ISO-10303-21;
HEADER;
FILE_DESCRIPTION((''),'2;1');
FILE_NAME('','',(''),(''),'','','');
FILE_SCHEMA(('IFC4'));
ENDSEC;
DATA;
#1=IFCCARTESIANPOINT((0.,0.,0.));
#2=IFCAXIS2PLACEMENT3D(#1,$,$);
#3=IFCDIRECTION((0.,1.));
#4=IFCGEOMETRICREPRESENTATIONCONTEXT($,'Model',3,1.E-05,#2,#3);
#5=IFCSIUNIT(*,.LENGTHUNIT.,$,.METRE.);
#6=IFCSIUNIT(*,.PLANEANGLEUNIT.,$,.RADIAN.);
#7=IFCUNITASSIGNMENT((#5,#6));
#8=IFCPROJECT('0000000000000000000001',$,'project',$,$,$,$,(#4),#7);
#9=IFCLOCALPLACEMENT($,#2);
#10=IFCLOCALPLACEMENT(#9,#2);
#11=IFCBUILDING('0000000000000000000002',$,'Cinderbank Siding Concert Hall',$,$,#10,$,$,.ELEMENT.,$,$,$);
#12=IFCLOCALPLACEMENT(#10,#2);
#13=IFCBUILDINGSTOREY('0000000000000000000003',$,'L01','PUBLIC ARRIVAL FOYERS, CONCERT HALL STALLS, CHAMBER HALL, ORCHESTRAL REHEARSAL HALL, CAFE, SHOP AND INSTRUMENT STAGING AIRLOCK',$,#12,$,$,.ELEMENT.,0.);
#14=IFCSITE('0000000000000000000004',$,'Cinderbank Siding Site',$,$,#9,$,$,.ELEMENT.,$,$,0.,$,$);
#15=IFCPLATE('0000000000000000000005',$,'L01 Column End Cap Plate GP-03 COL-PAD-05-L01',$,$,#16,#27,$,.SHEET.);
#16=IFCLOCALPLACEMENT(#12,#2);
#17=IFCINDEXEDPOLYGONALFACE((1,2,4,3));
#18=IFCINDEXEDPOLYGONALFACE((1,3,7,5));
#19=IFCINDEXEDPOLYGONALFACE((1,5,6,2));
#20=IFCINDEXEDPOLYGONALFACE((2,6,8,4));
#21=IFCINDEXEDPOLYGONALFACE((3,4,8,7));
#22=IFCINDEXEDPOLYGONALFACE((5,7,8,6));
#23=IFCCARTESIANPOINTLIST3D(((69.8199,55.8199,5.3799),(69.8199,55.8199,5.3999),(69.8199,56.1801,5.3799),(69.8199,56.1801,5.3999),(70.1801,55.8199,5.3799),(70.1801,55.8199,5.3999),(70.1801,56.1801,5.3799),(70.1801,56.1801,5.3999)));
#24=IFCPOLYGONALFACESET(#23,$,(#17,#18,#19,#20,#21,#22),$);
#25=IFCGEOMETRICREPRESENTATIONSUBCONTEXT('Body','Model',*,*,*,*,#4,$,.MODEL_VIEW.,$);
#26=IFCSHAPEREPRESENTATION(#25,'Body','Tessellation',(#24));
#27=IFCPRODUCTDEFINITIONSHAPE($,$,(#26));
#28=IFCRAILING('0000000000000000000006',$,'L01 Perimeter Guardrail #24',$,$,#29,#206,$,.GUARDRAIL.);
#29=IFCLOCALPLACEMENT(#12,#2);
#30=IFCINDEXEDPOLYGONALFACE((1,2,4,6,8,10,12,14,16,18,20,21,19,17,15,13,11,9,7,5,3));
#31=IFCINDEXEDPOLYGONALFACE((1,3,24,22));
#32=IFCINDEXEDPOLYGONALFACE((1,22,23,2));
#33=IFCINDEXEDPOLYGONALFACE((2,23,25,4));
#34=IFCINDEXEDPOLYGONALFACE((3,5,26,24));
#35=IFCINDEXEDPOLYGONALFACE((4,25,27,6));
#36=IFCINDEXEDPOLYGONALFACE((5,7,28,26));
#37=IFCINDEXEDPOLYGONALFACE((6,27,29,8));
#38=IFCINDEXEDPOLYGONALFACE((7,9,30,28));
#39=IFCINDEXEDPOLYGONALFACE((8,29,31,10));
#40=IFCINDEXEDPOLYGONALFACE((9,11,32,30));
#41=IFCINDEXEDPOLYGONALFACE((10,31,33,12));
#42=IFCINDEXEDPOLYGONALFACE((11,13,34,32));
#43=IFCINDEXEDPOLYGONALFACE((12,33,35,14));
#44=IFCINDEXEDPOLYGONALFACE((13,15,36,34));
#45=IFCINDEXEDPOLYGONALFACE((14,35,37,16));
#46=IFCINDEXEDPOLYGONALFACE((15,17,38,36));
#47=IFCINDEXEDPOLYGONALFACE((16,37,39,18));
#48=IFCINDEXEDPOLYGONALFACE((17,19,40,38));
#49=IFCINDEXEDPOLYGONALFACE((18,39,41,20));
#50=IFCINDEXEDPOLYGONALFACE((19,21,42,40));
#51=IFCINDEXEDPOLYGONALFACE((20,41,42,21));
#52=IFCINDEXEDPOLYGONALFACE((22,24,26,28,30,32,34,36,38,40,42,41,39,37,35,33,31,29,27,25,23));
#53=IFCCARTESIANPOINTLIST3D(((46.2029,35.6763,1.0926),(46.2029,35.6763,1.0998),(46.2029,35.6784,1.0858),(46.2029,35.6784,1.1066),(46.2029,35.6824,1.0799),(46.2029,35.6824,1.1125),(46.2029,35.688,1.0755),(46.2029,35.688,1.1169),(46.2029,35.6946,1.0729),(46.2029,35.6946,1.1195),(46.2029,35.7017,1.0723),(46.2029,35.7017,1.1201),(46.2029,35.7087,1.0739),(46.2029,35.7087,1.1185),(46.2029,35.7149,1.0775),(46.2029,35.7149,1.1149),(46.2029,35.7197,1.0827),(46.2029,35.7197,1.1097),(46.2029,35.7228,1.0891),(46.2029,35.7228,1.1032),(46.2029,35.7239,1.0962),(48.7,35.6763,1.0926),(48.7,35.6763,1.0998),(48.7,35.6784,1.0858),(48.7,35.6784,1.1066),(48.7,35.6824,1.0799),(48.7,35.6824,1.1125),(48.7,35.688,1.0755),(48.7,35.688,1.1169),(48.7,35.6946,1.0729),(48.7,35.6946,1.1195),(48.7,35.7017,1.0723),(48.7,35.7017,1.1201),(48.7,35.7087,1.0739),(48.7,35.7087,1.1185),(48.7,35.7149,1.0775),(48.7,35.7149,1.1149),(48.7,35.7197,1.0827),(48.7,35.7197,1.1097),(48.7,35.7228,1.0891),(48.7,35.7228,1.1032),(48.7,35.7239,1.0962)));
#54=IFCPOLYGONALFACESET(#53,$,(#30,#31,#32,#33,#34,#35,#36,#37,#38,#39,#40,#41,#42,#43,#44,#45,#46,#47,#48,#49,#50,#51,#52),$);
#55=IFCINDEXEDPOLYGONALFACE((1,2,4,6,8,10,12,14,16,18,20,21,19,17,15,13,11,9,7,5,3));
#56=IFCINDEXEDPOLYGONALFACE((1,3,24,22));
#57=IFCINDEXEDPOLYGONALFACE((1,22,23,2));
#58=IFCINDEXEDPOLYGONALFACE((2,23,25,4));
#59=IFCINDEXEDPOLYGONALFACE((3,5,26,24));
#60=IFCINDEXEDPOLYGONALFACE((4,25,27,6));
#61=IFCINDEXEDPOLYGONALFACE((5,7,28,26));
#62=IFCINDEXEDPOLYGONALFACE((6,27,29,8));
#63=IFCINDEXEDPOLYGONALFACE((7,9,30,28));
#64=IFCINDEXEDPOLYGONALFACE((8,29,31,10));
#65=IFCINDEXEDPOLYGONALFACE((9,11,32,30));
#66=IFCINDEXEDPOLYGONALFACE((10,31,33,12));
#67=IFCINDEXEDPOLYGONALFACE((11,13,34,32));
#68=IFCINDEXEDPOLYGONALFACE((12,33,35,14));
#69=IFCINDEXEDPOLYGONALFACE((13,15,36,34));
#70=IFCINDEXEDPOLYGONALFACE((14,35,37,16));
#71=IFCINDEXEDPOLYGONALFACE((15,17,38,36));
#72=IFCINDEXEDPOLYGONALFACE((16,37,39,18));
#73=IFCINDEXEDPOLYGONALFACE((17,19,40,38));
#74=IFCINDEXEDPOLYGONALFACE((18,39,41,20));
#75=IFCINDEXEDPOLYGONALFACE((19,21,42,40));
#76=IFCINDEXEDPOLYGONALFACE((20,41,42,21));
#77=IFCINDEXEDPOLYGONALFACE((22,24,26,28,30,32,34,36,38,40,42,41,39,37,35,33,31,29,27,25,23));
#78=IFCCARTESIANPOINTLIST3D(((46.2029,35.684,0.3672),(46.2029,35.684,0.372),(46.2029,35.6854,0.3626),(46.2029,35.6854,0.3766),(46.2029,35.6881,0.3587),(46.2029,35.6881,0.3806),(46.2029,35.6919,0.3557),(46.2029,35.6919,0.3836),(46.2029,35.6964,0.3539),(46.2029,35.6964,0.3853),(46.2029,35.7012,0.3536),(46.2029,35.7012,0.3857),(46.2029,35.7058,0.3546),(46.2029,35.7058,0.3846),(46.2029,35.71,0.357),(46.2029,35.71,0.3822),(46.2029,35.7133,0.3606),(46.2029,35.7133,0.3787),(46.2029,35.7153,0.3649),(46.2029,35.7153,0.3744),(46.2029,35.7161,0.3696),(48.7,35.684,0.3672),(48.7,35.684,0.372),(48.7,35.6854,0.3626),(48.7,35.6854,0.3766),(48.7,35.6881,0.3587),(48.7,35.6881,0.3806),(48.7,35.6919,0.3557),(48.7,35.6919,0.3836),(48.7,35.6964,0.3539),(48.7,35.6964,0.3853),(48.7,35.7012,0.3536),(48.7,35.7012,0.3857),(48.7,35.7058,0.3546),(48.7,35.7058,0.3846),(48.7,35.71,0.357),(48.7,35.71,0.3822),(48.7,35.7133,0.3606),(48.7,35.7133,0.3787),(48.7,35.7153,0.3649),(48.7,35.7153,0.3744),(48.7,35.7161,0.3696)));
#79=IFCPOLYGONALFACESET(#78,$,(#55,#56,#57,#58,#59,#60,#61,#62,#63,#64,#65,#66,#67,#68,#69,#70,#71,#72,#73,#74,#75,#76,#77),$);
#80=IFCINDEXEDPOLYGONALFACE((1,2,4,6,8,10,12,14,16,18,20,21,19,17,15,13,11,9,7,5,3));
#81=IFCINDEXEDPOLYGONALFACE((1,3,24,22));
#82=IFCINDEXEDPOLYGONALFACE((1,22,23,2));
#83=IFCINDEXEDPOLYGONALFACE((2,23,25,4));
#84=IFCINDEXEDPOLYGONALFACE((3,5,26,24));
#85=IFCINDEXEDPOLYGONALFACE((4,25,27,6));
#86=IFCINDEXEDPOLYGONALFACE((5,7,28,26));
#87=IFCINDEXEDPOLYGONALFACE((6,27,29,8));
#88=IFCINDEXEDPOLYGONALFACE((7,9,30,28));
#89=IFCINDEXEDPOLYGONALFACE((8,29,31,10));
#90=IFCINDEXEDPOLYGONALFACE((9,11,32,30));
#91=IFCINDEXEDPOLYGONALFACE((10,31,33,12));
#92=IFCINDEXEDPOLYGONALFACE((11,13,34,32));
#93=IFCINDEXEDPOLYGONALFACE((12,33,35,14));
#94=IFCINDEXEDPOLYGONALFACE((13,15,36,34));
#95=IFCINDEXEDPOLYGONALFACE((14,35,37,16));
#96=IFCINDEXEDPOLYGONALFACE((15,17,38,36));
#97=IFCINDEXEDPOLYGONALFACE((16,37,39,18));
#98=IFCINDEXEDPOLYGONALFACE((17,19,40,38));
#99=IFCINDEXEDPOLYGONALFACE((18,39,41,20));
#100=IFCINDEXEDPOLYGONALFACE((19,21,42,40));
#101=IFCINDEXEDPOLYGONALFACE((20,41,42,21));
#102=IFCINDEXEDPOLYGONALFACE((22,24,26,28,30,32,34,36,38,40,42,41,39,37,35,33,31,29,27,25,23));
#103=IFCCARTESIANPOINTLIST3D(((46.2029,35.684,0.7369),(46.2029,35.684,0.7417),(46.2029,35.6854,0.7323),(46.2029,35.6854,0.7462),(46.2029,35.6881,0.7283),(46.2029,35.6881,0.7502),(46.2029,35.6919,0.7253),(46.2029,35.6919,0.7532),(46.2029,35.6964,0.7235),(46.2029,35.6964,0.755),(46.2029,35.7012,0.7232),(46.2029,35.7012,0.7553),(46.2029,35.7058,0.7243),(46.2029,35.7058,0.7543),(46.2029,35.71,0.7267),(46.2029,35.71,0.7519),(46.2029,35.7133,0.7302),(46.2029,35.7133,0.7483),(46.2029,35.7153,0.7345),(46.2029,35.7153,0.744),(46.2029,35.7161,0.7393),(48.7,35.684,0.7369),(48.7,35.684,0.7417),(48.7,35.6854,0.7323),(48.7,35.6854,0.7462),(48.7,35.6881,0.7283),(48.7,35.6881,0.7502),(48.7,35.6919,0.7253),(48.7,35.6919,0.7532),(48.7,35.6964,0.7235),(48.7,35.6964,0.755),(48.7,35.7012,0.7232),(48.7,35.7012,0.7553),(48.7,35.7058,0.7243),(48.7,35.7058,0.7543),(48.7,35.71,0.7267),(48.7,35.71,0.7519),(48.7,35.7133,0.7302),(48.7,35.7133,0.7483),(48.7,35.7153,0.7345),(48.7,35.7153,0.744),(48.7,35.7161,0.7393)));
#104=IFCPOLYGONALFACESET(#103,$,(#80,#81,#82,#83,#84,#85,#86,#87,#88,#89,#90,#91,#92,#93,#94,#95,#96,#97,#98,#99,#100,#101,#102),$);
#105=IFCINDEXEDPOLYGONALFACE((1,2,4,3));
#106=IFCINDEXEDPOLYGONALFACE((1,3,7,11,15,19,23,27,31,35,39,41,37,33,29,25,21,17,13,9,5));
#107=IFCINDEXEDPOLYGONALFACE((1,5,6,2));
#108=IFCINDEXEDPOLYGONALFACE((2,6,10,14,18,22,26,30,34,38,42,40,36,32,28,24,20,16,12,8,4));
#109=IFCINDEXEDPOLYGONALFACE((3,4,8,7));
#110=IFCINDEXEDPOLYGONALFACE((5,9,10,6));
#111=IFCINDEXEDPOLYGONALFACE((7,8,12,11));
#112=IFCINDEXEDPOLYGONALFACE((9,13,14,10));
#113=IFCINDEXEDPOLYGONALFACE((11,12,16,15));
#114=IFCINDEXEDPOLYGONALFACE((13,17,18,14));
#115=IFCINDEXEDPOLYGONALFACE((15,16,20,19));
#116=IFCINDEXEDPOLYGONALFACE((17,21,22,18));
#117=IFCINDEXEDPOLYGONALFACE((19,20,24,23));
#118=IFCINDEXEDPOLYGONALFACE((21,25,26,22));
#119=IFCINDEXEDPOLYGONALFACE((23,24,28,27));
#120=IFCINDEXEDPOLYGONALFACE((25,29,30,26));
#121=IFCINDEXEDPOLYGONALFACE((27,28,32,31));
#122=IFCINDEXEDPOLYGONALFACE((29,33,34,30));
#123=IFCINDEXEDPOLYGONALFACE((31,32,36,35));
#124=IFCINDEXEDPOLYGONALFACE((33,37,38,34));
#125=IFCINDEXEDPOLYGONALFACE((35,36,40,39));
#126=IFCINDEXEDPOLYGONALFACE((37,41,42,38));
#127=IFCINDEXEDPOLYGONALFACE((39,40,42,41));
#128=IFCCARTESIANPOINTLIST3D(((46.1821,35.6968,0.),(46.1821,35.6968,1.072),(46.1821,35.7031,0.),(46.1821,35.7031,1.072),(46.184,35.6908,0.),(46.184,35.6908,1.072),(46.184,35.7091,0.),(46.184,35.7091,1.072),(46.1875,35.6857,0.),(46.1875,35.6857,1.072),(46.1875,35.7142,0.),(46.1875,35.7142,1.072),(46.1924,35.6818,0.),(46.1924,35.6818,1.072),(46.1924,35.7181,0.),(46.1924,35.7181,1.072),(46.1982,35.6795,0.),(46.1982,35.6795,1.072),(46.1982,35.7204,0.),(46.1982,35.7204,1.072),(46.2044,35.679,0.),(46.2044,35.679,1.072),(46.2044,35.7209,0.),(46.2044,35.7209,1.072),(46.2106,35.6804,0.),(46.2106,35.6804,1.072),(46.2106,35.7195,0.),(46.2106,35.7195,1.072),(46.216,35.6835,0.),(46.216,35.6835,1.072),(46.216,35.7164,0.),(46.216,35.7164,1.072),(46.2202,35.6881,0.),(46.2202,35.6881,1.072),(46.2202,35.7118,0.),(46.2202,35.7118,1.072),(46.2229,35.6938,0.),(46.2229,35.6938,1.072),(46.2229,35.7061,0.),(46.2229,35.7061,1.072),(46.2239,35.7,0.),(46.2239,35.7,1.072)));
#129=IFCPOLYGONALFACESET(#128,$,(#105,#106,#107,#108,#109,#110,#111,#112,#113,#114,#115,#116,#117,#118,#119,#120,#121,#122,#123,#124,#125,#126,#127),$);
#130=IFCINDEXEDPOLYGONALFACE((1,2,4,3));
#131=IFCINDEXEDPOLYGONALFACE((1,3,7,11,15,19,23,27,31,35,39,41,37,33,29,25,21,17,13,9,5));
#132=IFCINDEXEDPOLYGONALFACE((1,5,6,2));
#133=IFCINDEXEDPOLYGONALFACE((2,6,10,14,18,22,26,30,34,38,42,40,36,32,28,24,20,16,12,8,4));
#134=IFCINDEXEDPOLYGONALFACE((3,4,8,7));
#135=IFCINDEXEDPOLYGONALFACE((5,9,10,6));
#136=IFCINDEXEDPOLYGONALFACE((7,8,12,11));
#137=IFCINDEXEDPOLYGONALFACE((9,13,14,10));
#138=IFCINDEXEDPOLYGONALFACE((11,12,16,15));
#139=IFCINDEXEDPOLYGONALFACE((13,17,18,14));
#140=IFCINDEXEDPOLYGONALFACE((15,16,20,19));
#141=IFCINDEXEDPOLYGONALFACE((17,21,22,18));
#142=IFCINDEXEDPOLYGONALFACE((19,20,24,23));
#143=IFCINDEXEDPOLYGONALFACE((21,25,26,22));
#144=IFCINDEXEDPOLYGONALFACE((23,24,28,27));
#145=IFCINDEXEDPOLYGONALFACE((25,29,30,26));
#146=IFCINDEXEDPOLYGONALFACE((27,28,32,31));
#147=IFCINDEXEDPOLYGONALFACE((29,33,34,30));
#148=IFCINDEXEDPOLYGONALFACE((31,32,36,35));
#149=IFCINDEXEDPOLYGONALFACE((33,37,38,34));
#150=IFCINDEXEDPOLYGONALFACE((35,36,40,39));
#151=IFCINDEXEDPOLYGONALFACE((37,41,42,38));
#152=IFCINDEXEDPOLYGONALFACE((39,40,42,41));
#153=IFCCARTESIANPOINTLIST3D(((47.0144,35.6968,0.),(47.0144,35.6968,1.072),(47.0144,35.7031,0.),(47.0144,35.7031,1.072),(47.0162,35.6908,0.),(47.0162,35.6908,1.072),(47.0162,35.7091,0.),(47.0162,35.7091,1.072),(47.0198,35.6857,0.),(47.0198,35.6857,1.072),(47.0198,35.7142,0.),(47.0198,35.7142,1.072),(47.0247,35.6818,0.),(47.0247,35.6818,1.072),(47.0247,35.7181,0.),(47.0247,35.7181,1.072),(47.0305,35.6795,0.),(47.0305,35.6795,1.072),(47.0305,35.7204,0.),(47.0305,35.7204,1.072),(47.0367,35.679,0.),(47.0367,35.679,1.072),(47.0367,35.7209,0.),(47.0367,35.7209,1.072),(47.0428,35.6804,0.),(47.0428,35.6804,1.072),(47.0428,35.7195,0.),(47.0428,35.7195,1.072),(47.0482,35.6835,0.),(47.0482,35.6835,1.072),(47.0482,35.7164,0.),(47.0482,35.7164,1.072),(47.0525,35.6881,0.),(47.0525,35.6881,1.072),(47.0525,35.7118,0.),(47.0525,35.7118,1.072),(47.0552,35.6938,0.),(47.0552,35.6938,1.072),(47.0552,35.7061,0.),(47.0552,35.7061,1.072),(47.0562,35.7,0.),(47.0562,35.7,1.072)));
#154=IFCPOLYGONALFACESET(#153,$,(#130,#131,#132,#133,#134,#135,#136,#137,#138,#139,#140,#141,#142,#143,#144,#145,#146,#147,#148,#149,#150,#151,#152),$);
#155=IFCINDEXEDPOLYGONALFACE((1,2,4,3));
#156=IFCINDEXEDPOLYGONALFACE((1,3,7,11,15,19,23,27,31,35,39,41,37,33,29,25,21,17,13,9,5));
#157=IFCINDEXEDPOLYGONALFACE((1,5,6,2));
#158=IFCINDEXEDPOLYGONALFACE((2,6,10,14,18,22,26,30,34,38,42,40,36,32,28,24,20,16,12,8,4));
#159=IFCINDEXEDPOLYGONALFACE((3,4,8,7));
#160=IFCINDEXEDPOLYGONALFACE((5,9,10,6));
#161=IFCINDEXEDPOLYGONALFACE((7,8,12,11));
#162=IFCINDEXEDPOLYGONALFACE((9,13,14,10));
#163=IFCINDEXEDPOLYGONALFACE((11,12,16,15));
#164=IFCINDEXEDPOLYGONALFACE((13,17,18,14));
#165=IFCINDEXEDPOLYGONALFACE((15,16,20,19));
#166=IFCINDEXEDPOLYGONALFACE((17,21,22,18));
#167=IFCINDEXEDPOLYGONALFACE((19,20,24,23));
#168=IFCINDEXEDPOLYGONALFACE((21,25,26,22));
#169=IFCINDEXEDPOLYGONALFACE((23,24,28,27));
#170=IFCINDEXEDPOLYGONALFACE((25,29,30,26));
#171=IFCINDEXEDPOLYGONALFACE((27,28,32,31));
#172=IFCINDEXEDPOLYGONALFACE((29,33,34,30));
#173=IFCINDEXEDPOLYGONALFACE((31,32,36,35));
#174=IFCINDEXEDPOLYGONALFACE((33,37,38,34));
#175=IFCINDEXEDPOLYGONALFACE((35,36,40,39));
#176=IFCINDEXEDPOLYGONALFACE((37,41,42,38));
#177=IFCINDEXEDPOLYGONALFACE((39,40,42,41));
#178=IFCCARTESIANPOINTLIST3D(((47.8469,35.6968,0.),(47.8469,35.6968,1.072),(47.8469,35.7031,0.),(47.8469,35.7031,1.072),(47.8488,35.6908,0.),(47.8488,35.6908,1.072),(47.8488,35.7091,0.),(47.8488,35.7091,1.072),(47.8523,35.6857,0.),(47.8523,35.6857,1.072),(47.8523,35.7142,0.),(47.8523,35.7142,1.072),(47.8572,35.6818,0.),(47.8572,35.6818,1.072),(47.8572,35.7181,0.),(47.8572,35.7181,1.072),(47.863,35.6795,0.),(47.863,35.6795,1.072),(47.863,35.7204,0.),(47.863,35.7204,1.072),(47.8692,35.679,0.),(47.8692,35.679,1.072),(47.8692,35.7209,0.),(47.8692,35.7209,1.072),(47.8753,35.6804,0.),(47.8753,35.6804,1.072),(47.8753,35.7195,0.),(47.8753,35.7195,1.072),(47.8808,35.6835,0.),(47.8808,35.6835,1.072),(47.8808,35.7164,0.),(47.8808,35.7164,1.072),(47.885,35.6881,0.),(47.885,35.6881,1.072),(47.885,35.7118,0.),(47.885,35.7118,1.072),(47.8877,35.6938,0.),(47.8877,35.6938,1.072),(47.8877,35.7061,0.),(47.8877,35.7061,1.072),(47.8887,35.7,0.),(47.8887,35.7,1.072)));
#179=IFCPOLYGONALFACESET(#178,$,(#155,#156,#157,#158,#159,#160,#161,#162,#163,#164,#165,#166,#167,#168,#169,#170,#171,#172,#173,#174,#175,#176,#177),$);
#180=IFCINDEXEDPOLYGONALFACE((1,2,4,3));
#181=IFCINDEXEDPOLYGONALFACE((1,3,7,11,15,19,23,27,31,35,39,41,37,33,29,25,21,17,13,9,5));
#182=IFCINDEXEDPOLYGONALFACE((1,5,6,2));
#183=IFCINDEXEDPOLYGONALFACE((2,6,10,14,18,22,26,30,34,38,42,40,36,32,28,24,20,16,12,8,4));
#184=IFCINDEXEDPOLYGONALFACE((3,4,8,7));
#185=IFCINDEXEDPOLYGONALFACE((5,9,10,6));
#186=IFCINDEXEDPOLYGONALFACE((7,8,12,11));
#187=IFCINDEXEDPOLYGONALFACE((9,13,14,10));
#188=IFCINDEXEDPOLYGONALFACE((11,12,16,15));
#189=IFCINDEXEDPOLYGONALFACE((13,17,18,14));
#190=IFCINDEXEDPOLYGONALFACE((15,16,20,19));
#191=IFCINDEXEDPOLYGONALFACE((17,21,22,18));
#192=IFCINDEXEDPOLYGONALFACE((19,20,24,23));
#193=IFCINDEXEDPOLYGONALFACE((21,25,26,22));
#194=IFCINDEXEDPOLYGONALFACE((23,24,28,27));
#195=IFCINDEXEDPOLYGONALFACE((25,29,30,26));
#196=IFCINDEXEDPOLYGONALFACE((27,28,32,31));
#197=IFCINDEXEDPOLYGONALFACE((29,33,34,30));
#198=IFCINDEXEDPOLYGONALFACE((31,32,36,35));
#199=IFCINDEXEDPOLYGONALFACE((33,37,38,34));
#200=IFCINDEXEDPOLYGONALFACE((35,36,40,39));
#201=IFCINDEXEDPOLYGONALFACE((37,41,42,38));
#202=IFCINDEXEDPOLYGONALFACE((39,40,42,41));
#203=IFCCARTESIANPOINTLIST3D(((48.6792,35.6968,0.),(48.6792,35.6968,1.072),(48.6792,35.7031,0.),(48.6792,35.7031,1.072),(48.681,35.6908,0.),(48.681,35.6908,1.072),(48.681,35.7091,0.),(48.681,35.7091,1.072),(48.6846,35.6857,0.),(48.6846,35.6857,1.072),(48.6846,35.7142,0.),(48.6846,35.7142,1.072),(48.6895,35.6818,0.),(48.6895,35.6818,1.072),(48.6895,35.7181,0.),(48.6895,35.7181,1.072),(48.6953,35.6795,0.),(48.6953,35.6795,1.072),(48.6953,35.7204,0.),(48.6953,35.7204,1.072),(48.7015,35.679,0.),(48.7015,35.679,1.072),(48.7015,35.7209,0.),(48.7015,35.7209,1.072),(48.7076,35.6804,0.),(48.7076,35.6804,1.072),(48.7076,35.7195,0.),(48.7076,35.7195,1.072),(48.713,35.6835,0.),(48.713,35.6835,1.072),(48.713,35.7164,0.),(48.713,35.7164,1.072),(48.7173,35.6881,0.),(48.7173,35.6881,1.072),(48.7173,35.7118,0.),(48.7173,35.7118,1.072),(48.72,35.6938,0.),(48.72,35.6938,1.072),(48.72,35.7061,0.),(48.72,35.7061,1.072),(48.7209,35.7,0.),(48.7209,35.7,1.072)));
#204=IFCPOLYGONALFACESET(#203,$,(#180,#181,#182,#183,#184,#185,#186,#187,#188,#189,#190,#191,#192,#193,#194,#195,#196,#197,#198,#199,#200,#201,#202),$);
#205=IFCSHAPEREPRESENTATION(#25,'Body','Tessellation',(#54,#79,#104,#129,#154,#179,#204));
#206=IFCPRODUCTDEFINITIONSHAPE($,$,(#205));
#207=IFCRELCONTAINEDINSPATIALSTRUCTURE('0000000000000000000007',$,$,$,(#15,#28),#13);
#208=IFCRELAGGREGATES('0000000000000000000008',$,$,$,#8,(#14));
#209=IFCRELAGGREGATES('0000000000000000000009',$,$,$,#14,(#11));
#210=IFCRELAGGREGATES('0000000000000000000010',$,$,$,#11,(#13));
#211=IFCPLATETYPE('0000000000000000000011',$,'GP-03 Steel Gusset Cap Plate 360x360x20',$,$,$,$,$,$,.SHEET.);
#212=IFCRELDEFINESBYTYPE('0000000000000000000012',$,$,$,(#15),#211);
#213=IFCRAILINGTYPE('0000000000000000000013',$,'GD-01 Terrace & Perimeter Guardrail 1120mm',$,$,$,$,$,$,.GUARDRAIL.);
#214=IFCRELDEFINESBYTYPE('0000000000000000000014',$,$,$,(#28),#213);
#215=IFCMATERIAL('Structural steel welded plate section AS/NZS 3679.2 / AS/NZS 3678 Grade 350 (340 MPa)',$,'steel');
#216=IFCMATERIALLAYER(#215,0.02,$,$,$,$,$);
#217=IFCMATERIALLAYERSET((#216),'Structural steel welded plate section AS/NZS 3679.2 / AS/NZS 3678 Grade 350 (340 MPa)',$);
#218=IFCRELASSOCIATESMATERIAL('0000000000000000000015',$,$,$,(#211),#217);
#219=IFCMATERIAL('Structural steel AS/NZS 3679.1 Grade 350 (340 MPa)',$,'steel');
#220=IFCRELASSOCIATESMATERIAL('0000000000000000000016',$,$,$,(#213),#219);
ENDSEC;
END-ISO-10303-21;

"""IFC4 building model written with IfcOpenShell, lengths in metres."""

from ifc_helpers import new_model, si_unit, direction, frame, origin, origin_2d, place, context, subcontext, project, spatial, rectangle, circle, extrude, material, layer, layer_set, type_object, element, save


model = new_model("IFC4")

# Units and contexts
model_context = context("Model", 3, precision=1e-05, world=origin(), true_north=direction((0.0, 1.0)))
body_context = subcontext(model_context, "Body", "Model", "MODEL_VIEW")
ifc_project = project(units=[si_unit("LENGTHUNIT", "METRE"), si_unit("PLANEANGLEUNIT", "RADIAN")], contexts=[model_context])

# Site, building, storey
site_placement = place(None, origin())
site = spatial("IfcSite", under=ifc_project, at=site_placement, Name="Cinderbank Siding Site", CompositionType="ELEMENT", RefElevation=0.0)
building_placement = place(site_placement, origin())
building = spatial("IfcBuilding", under=site, at=building_placement, Name="Cinderbank Siding Concert Hall", CompositionType="ELEMENT")
storey_placement = place(building_placement, origin())
storey = spatial("IfcBuildingStorey", under=building, at=storey_placement, Name="L01", Description="PUBLIC ARRIVAL FOYERS, CONCERT HALL STALLS, CHAMBER HALL, ORCHESTRAL REHEARSAL HALL, CAFE, SHOP AND INSTRUMENT STAGING AIRLOCK", CompositionType="ELEMENT", Elevation=0.0)

# Shared definitions
ifc_material_1 = material(Name="Structural steel AS/NZS 3679.1 Grade 350 (340 MPa)", Category="steel")

# Plate
ifc_material_2 = material(Name="Structural steel welded plate section AS/NZS 3679.2 / AS/NZS 3678 Grade 350 (340 MPa)", Category="steel")
ifc_layer = layer(ifc_material_2, 0.02)
ifc_layer_set = layer_set([ifc_layer], Name="Structural steel welded plate section AS/NZS 3679.2 / AS/NZS 3678 Grade 350 (340 MPa)")
plate_type = type_object("IfcPlateType", Name="GP-03 Steel Gusset Cap Plate 360x360x20", PredefinedType="SHEET", material=ifc_layer_set)
for number, where, z_axis, x_axis, name in (
    (1, (70.0, 56.0, 5.3799), (0.0, 0.0, 1.0), (1.0, 0.0, 0.0), "L01 Column End Cap Plate GP-03 COL-PAD-05-L01"),
):
    element("IfcPlate", number, at=place(storey_placement, frame(where, z_axis=z_axis, x_axis=x_axis)), inside=storey, type_object=plate_type, Name=name, PredefinedType="SHEET", context=body_context, shape_type="SweptSolid", body=[
        extrude(rectangle(XDim=0.3601, YDim=0.3601, at=origin_2d()), origin(), (0.0, 0.0, 1.0), 0.02),
    ])

# Railing
railing_type = type_object("IfcRailingType", Name="GD-01 Terrace & Perimeter Guardrail 1120mm", PredefinedType="GUARDRAIL", material=ifc_material_1)
railing_1_placement = place(storey_placement, frame((46.2029, 35.7, 0.0)))
element("IfcRailing", 2, at=railing_1_placement, inside=storey, type_object=railing_type, Name="L01 Perimeter Guardrail #24", PredefinedType="GUARDRAIL", context=body_context, shape_type="SweptSolid", body=[
    extrude(circle(Radius=0.0239, at=origin_2d()), frame((0.0, 0.0, 1.0962), z_axis=(1.0, 0.0, 0.0), x_axis=(0.0, 1.0, 0.0)), (0.0, 0.0, 1.0), 2.4971),
    extrude(circle(Radius=0.0161, at=origin_2d()), frame((0.0, 0.0, 0.3696), z_axis=(1.0, 0.0, 0.0), x_axis=(0.0, 1.0, 0.0)), (0.0, 0.0, 1.0), 2.4971),
    extrude(circle(Radius=0.0161, at=origin_2d()), frame((0.0, 0.0, 0.7393), z_axis=(1.0, 0.0, 0.0), x_axis=(0.0, 1.0, 0.0)), (0.0, 0.0, 1.0), 2.4971),
    extrude(circle(Radius=0.021, at=origin_2d()), origin(), (0.0, 0.0, 1.0), 1.072),
    extrude(circle(Radius=0.021, at=origin_2d()), frame((0.8323, 0.0, 0.0)), (0.0, 0.0, 1.0), 1.072),
    extrude(circle(Radius=0.021, at=origin_2d()), frame((1.6648, 0.0, 0.0)), (0.0, 0.0, 1.0), 1.072),
    extrude(circle(Radius=0.021, at=origin_2d()), frame((2.4971, 0.0, 0.0)), (0.0, 0.0, 1.0), 1.072),
])

save(model, "model.ifc")
